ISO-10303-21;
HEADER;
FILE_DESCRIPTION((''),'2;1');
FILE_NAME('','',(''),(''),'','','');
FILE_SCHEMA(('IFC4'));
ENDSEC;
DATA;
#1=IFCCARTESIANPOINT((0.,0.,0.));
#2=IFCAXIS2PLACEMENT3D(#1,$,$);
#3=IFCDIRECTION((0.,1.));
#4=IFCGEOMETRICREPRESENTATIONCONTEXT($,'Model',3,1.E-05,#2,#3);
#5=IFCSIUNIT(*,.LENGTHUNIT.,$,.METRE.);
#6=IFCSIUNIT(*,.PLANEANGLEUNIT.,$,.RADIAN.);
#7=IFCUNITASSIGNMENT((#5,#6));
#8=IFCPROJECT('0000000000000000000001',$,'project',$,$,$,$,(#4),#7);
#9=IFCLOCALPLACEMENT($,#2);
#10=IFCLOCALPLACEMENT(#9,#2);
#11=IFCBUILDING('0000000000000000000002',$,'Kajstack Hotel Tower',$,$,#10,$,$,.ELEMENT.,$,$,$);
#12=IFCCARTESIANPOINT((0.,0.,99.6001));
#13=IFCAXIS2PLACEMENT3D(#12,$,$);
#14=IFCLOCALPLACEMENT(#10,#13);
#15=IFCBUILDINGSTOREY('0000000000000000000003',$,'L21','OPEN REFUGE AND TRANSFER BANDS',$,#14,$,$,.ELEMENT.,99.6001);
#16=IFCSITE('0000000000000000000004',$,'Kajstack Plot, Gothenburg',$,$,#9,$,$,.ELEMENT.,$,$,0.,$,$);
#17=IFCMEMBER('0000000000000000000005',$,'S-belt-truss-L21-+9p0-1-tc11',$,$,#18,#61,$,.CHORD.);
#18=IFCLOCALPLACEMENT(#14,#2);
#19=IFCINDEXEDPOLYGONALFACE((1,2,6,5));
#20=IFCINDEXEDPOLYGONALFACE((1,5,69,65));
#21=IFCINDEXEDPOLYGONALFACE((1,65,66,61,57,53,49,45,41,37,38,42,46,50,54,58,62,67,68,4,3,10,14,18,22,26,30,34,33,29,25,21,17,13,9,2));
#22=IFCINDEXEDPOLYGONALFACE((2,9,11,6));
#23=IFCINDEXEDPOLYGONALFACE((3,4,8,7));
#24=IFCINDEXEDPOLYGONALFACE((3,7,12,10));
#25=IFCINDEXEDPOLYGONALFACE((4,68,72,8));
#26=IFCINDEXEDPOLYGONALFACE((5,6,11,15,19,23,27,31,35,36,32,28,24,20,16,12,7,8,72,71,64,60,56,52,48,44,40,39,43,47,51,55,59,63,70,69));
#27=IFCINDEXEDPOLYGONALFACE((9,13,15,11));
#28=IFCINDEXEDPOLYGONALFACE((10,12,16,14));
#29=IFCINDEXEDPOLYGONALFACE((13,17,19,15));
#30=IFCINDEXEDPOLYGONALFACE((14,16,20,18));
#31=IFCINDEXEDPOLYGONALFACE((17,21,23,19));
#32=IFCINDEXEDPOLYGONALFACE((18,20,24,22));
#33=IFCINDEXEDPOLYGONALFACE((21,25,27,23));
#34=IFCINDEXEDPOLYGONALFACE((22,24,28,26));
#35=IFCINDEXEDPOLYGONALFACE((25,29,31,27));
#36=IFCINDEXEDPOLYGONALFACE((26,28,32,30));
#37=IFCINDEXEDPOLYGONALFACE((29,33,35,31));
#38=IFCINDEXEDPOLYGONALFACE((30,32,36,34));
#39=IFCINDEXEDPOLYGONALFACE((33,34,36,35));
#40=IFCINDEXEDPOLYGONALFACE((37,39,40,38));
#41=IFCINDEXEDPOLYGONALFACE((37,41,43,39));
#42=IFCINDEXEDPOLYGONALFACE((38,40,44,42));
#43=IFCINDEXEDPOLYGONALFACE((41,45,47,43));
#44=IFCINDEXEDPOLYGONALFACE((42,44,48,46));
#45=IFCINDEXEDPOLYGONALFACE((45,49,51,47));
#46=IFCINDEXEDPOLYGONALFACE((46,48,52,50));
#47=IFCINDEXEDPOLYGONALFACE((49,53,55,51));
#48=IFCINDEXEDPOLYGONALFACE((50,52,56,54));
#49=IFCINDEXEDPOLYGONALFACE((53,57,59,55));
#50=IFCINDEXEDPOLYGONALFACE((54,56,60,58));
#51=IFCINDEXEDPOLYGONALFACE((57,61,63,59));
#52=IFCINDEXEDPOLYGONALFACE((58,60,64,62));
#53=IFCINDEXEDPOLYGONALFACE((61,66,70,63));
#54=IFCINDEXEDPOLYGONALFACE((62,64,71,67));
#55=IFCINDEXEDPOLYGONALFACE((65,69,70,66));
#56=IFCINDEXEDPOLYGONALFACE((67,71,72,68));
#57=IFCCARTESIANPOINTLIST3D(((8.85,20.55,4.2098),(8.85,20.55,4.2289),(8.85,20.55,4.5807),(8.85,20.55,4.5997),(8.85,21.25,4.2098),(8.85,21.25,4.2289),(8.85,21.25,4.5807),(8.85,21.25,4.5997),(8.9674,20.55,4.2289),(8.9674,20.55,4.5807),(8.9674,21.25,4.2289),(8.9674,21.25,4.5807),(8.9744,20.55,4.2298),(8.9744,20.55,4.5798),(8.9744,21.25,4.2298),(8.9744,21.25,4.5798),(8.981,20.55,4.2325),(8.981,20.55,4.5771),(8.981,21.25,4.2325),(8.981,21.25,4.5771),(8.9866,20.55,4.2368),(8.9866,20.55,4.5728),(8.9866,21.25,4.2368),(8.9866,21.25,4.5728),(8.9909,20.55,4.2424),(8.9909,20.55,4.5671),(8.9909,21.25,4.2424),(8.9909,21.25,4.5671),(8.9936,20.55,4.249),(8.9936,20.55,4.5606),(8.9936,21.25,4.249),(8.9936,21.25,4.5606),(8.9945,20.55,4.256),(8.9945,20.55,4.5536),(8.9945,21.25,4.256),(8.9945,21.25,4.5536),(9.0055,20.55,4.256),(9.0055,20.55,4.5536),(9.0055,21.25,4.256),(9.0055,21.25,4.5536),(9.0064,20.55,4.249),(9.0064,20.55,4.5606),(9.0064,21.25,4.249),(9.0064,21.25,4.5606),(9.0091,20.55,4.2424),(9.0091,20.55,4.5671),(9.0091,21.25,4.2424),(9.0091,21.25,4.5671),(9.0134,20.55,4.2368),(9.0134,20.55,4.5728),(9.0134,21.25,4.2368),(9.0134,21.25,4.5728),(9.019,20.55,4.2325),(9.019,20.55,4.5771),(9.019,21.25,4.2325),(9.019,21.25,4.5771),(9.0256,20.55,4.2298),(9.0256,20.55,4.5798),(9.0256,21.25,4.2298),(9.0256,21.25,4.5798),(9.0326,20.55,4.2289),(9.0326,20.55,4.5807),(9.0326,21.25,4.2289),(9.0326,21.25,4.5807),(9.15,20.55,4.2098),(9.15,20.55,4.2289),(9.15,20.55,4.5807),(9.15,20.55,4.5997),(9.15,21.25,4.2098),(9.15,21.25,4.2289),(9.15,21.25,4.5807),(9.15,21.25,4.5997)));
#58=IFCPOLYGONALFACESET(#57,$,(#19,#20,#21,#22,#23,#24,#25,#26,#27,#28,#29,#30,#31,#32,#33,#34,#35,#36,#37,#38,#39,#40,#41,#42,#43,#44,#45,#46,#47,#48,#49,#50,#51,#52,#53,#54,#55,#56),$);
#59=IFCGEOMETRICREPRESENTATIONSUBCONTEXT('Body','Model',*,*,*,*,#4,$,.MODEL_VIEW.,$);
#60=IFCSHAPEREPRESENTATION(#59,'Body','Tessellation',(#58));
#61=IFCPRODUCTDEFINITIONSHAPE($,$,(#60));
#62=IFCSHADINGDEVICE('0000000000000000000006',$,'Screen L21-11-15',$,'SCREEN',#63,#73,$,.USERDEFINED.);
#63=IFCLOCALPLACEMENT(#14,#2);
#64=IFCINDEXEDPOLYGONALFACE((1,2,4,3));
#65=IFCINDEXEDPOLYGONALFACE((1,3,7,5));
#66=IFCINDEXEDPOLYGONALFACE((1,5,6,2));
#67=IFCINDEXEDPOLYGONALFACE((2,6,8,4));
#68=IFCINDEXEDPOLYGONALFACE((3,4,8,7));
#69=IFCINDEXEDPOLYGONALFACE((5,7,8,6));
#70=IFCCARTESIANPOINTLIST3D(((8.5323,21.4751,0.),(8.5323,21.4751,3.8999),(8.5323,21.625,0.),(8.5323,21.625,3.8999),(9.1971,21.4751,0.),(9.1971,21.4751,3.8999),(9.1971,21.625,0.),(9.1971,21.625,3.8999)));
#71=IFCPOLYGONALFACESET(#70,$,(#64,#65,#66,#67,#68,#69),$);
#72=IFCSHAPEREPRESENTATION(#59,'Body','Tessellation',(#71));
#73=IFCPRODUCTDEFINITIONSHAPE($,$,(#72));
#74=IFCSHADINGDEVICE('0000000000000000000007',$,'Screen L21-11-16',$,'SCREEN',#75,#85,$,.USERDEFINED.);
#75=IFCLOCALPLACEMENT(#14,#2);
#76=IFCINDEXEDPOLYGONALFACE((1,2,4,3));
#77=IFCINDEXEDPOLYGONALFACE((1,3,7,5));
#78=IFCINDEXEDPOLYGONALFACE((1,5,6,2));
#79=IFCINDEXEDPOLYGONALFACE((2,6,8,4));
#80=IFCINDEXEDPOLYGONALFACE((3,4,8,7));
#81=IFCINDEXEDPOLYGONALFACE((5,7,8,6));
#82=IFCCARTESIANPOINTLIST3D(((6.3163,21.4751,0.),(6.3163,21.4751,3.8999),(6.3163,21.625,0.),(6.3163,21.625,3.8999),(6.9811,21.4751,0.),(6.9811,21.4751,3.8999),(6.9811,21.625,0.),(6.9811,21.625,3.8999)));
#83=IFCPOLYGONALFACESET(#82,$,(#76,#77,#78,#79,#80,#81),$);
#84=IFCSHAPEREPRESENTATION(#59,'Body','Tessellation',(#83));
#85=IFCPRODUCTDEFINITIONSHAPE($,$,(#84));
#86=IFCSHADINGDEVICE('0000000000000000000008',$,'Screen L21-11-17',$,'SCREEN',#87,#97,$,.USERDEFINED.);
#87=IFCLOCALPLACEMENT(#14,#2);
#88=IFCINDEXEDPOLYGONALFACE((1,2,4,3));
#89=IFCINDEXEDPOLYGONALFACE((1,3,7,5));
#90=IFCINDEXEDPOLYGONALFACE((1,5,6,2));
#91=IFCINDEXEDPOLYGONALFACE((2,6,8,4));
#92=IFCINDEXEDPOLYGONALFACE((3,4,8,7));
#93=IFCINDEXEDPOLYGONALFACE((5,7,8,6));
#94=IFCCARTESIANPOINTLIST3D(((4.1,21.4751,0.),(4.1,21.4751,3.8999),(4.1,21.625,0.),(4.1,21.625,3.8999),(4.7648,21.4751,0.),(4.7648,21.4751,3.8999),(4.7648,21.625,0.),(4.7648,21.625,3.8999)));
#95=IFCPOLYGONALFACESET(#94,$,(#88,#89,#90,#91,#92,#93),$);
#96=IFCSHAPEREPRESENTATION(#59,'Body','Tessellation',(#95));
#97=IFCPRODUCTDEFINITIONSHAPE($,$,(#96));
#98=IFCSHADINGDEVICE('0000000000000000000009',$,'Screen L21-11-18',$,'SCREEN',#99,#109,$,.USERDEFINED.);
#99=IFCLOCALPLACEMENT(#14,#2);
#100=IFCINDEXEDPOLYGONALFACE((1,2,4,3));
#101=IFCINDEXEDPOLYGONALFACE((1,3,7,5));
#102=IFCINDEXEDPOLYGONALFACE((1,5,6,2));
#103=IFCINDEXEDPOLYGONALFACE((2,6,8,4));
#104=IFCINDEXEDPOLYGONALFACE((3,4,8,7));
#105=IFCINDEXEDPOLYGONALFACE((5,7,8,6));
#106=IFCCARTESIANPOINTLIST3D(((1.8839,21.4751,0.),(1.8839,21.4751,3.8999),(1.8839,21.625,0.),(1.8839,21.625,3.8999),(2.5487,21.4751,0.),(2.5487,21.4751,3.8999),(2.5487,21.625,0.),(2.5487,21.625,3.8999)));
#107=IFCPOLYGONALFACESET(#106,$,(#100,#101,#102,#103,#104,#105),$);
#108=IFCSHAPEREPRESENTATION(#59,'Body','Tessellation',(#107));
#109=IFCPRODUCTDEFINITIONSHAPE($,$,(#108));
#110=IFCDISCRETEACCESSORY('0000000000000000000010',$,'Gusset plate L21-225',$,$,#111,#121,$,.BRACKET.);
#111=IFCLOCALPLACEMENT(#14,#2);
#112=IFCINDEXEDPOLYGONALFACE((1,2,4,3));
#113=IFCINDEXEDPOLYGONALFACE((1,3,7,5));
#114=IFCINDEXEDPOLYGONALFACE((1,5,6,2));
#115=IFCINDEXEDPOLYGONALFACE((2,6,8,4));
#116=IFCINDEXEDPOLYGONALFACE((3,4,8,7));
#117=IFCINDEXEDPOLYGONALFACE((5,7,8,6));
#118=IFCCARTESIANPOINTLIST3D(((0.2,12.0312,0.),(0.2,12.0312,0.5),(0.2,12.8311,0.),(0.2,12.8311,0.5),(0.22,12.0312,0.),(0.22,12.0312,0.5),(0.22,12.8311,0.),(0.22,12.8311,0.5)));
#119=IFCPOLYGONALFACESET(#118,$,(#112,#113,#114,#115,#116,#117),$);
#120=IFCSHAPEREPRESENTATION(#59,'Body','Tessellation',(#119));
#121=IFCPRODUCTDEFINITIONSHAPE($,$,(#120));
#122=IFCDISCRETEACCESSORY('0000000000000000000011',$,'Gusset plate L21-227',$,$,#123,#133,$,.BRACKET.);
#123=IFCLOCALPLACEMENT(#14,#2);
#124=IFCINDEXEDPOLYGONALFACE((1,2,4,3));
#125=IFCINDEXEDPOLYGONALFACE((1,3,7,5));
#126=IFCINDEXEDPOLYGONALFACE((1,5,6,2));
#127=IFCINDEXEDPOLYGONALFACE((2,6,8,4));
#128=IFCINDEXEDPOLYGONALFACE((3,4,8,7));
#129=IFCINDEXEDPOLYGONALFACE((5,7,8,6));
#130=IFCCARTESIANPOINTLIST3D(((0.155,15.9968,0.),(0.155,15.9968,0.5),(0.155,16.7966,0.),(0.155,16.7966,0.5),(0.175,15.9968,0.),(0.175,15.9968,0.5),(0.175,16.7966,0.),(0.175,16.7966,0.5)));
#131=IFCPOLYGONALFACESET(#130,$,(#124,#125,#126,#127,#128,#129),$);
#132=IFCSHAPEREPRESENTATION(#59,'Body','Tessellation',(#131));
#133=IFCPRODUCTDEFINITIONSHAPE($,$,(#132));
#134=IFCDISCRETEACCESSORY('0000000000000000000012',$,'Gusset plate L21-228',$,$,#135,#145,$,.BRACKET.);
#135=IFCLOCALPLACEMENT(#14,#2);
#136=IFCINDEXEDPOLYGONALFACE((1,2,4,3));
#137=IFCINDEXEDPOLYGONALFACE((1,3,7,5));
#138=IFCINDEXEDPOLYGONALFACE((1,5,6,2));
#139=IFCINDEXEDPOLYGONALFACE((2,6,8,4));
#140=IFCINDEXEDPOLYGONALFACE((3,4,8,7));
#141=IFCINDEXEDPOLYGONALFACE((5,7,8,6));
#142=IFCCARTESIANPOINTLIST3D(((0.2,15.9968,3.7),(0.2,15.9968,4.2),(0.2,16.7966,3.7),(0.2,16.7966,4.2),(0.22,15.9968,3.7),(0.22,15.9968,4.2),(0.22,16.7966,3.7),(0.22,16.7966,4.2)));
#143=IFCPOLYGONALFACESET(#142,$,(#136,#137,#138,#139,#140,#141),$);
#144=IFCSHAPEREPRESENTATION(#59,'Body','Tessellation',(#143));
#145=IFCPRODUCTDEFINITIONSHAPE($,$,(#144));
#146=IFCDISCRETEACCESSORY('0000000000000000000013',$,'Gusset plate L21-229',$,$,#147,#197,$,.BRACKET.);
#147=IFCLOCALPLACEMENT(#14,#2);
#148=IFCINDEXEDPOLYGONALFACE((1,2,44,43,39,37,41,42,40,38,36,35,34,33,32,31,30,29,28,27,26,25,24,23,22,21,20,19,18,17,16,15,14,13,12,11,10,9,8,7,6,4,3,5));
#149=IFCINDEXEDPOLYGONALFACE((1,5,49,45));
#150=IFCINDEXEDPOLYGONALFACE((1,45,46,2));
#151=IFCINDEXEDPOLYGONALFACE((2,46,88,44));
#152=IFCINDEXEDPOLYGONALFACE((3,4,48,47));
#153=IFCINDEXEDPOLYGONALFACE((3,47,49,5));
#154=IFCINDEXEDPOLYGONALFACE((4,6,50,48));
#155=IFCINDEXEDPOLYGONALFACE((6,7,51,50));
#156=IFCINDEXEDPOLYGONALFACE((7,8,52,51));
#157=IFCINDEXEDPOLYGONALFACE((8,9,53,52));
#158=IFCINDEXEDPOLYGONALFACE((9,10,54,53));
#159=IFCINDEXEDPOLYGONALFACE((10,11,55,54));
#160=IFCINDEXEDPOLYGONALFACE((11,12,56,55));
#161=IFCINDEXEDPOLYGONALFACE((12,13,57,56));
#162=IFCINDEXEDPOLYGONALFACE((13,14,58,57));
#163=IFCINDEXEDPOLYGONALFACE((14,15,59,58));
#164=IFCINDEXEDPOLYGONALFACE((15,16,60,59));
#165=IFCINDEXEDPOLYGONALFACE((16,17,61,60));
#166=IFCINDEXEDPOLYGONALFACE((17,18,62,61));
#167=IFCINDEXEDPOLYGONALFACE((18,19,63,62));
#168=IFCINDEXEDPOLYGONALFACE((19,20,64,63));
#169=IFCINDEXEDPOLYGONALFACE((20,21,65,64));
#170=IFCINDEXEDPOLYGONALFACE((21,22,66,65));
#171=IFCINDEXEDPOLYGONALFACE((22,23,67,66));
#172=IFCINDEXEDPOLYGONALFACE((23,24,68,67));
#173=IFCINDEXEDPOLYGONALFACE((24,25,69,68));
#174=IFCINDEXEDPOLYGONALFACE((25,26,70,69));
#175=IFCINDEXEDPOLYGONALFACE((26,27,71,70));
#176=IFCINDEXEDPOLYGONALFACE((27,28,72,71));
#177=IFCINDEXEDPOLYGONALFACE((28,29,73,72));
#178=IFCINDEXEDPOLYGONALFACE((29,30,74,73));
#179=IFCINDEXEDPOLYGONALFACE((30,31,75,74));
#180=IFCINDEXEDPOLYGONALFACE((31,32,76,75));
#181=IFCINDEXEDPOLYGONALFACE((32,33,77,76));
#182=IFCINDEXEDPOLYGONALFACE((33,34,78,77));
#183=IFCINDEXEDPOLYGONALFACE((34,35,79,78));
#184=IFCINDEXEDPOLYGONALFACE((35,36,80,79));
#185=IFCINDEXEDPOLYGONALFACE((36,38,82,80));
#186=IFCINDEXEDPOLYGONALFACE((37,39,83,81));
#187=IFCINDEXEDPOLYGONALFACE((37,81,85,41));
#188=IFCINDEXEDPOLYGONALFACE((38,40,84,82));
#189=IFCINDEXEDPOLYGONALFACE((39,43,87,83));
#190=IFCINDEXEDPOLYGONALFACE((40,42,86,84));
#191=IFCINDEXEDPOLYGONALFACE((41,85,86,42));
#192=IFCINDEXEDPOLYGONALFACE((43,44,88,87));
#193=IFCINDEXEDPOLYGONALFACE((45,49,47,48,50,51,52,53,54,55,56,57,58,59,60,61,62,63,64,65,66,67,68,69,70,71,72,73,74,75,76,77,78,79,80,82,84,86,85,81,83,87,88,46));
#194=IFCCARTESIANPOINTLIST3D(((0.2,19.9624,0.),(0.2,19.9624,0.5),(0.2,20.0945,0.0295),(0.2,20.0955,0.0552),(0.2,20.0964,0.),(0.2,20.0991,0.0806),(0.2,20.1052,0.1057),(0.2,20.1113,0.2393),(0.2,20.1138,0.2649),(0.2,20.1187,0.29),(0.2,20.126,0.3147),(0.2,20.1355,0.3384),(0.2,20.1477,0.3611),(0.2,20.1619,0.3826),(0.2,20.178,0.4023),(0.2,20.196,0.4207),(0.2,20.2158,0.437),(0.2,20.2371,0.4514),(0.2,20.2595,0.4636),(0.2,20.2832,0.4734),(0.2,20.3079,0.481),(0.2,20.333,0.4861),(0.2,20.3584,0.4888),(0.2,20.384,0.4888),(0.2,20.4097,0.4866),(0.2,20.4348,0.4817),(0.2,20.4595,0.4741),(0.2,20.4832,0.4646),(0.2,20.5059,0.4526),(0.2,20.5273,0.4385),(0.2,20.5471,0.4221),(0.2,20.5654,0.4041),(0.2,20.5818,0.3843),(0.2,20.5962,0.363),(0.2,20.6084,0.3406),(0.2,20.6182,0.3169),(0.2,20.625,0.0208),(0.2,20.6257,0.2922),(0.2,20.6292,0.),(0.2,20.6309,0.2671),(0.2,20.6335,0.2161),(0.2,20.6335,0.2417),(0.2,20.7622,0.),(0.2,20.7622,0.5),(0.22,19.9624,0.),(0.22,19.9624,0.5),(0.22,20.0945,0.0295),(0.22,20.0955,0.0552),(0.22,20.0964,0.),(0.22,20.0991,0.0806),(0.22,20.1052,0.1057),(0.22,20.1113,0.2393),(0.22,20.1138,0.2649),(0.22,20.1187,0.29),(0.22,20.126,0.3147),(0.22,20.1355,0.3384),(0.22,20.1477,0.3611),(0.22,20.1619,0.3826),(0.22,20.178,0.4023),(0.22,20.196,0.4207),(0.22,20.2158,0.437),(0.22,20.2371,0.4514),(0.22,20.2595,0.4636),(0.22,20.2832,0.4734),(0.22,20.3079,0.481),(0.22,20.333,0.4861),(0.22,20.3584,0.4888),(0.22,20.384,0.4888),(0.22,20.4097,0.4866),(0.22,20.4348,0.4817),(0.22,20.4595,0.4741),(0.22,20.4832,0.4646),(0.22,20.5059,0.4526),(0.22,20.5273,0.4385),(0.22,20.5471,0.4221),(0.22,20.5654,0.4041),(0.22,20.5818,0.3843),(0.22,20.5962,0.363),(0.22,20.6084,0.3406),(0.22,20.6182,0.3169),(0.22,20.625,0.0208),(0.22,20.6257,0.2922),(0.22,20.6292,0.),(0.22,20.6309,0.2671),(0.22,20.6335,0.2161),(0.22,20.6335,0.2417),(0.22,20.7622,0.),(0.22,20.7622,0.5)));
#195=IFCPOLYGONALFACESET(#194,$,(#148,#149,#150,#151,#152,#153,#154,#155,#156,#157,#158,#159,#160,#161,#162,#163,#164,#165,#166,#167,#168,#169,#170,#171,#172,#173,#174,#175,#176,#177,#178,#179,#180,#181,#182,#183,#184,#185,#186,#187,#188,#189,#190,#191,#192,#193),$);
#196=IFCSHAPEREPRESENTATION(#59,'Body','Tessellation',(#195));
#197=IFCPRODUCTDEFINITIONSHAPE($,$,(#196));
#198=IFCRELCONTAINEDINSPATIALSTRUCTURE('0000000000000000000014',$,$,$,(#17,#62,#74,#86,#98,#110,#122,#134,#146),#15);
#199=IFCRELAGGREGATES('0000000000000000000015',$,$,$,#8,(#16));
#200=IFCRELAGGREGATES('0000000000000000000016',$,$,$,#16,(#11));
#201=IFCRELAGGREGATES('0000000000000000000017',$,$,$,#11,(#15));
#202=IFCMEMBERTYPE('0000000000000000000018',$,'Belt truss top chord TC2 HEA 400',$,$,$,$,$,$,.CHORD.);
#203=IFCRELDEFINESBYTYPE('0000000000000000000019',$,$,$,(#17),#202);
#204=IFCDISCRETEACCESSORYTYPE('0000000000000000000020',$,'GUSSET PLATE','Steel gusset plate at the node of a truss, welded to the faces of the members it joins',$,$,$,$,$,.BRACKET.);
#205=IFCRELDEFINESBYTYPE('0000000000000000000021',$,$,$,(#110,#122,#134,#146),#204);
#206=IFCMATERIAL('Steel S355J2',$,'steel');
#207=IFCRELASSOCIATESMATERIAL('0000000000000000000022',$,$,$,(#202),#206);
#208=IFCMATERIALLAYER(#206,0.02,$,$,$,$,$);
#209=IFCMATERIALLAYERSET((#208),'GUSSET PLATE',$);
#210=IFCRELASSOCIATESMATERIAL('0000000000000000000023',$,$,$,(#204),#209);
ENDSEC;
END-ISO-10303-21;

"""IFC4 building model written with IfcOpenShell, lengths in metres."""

from ifc_helpers import new_model, si_unit, direction, frame, origin, origin_2d, place, context, subcontext, project, spatial, polyline, rectangle, i_section, outline, extrude, material, layer, layer_set, material_profile, profile_set, type_object, element, save


model = new_model("IFC4")

# Units and contexts
model_context = context("Model", 3, precision=1e-05, world=origin(), true_north=direction((0.0, 1.0)))
body_context = subcontext(model_context, "Body", "Model", "MODEL_VIEW")
ifc_project = project(units=[si_unit("LENGTHUNIT", "METRE"), si_unit("PLANEANGLEUNIT", "RADIAN")], contexts=[model_context])

# Site, building, storey
site_placement = place(None, origin())
site = spatial("IfcSite", under=ifc_project, at=site_placement, Name="Kajstack Plot, Gothenburg", CompositionType="ELEMENT", RefElevation=0.0)
building_placement = place(site_placement, origin())
building = spatial("IfcBuilding", under=site, at=building_placement, Name="Kajstack Hotel Tower", CompositionType="ELEMENT")
storey_placement = place(building_placement, frame((0.0, 0.0, 99.6001)))
storey = spatial("IfcBuildingStorey", under=building, at=storey_placement, Name="L21", Description="OPEN REFUGE AND TRANSFER BANDS", CompositionType="ELEMENT", Elevation=99.6001)

# Member
ifc_material = material(Name="Steel S355J2", Category="steel")
ifc_material_profile_1 = material_profile(ifc_material, i_section(OverallWidth=0.3, OverallDepth=0.3899, WebThickness=0.011, FlangeThickness=0.019, FilletRadius=0.0271, at=origin_2d()), Name="HEA 400")
ifc_profile_set_1 = profile_set([ifc_material_profile_1], Name="Steel S355J2")
member_type_1 = type_object("IfcMemberType", Name="Belt truss top chord TC2 HEA 400", PredefinedType="CHORD", material=ifc_profile_set_1)
member_1_placement = place(storey_placement, frame((9.0, 20.55, 4.4048), z_axis=(0.0, 1.0, 0.0), x_axis=(-1.0, 0.0, 0.0)))
element("IfcMember", 1, at=member_1_placement, inside=storey, type_object=member_type_1, Name="S-belt-truss-L21-+9p0-1-tc11", PredefinedType="CHORD", context=body_context, shape_type="SweptSolid", body=[
    extrude(i_section(OverallWidth=0.3, OverallDepth=0.3899, WebThickness=0.011, FlangeThickness=0.019, FilletRadius=0.0271, at=origin_2d()), origin(), (0.0, 0.0, 1.0), 0.7),
])

# Shading devices
for number, where, z_axis, x_axis, name in (
    (2, (8.8647, 21.55, 0.0), (0.0, 0.0, 1.0), (-1.0, 0.0, 0.0), "Screen L21-11-15"),
    (3, (6.6487, 21.55, 0.0), (0.0, 0.0, 1.0), (-1.0, 0.0, 0.0), "Screen L21-11-16"),
    (4, (4.4324, 21.55, 0.0), (0.0, 0.0, 1.0), (-1.0, 0.0, 0.0), "Screen L21-11-17"),
    (5, (2.2163, 21.55, 0.0), (0.0, 0.0, 1.0), (-1.0, 0.0, 0.0), "Screen L21-11-18"),
):
    element("IfcShadingDevice", number, at=place(storey_placement, frame(where, z_axis=z_axis, x_axis=x_axis)), inside=storey, Name=name, ObjectType="SCREEN", PredefinedType="USERDEFINED", context=body_context, shape_type="SweptSolid", body=[
        extrude(rectangle(XDim=0.6648, YDim=0.1499, at=origin_2d()), origin(), (0.0, 0.0, 1.0), 3.8999),
    ])

# Discrete accessories
ifc_layer = layer(ifc_material, 0.02)
ifc_layer_set = layer_set([ifc_layer], Name="GUSSET PLATE")
discrete_accessory_type = type_object("IfcDiscreteAccessoryType", Name="GUSSET PLATE", Description="Steel gusset plate at the node of a truss, welded to the faces of the members it joins", PredefinedType="BRACKET", material=ifc_layer_set)
for number, where, z_axis, x_axis, name in (
    (6, (0.2, 12.4312, 0.0), (1.0, 0.0, 0.0), (0.0, 1.0, 0.0), "Gusset plate L21-225"),
    (7, (0.155, 16.3967, 0.0), (1.0, 0.0, 0.0), (0.0, 1.0, 0.0), "Gusset plate L21-227"),
    (8, (0.2, 16.3967, 3.7), (1.0, 0.0, 0.0), (0.0, 1.0, 0.0), "Gusset plate L21-228"),
):
    element("IfcDiscreteAccessory", number, at=place(storey_placement, frame(where, z_axis=z_axis, x_axis=x_axis)), inside=storey, type_object=discrete_accessory_type, Name=name, PredefinedType="BRACKET", context=body_context, shape_type="SweptSolid", body=[
        extrude(outline(polyline([(-0.3999, 0.0), (0.3999, 0.0), (0.3999, 0.5), (-0.3999, 0.5), (-0.3999, 0.0)])), origin(), (0.0, 0.0, 1.0), 0.02),
    ])
discrete_accessory_1_placement = place(storey_placement, frame((0.2, 20.3623, 0.0), z_axis=(1.0, 0.0, 0.0), x_axis=(0.0, 1.0, 0.0)))
element("IfcDiscreteAccessory", 9, at=discrete_accessory_1_placement, inside=storey, type_object=discrete_accessory_type, Name="Gusset plate L21-229", PredefinedType="BRACKET", context=body_context, shape_type="SweptSolid", body=[
    extrude(outline(polyline([(-0.3999, 0.0), (-0.2659, 0.0), (-0.2678, 0.0295), (-0.2668, 0.0552), (-0.2632, 0.0806), (-0.2571, 0.1057), (-0.251, 0.2393), (-0.2485, 0.2649), (-0.2437, 0.29), (-0.2363, 0.3147), (-0.2268, 0.3384), (-0.2146, 0.3611), (-0.2004, 0.3826), (-0.1843, 0.4023), (-0.1663, 0.4207), (-0.1465, 0.437), (-0.1252, 0.4514), (-0.1028, 0.4636), (-0.0791, 0.4734), (-0.0544, 0.481), (-0.0293, 0.4861), (-0.0039, 0.4888), (0.0217, 0.4888), (0.0474, 0.4866), (0.0725, 0.4817), (0.0972, 0.4741), (0.1208, 0.4646), (0.1436, 0.4526), (0.165, 0.4385), (0.1848, 0.4221), (0.2031, 0.4041), (0.2195, 0.3843), (0.2339, 0.363), (0.2461, 0.3406), (0.2559, 0.3169), (0.2634, 0.2922), (0.2686, 0.2671), (0.2712, 0.2417), (0.2712, 0.2161), (0.2627, 0.0208), (0.2668, 0.0), (0.3999, 0.0), (0.3999, 0.5), (-0.3999, 0.5), (-0.3999, 0.0)])), origin(), (0.0, 0.0, 1.0), 0.02),
])

save(model, "model.ifc")
